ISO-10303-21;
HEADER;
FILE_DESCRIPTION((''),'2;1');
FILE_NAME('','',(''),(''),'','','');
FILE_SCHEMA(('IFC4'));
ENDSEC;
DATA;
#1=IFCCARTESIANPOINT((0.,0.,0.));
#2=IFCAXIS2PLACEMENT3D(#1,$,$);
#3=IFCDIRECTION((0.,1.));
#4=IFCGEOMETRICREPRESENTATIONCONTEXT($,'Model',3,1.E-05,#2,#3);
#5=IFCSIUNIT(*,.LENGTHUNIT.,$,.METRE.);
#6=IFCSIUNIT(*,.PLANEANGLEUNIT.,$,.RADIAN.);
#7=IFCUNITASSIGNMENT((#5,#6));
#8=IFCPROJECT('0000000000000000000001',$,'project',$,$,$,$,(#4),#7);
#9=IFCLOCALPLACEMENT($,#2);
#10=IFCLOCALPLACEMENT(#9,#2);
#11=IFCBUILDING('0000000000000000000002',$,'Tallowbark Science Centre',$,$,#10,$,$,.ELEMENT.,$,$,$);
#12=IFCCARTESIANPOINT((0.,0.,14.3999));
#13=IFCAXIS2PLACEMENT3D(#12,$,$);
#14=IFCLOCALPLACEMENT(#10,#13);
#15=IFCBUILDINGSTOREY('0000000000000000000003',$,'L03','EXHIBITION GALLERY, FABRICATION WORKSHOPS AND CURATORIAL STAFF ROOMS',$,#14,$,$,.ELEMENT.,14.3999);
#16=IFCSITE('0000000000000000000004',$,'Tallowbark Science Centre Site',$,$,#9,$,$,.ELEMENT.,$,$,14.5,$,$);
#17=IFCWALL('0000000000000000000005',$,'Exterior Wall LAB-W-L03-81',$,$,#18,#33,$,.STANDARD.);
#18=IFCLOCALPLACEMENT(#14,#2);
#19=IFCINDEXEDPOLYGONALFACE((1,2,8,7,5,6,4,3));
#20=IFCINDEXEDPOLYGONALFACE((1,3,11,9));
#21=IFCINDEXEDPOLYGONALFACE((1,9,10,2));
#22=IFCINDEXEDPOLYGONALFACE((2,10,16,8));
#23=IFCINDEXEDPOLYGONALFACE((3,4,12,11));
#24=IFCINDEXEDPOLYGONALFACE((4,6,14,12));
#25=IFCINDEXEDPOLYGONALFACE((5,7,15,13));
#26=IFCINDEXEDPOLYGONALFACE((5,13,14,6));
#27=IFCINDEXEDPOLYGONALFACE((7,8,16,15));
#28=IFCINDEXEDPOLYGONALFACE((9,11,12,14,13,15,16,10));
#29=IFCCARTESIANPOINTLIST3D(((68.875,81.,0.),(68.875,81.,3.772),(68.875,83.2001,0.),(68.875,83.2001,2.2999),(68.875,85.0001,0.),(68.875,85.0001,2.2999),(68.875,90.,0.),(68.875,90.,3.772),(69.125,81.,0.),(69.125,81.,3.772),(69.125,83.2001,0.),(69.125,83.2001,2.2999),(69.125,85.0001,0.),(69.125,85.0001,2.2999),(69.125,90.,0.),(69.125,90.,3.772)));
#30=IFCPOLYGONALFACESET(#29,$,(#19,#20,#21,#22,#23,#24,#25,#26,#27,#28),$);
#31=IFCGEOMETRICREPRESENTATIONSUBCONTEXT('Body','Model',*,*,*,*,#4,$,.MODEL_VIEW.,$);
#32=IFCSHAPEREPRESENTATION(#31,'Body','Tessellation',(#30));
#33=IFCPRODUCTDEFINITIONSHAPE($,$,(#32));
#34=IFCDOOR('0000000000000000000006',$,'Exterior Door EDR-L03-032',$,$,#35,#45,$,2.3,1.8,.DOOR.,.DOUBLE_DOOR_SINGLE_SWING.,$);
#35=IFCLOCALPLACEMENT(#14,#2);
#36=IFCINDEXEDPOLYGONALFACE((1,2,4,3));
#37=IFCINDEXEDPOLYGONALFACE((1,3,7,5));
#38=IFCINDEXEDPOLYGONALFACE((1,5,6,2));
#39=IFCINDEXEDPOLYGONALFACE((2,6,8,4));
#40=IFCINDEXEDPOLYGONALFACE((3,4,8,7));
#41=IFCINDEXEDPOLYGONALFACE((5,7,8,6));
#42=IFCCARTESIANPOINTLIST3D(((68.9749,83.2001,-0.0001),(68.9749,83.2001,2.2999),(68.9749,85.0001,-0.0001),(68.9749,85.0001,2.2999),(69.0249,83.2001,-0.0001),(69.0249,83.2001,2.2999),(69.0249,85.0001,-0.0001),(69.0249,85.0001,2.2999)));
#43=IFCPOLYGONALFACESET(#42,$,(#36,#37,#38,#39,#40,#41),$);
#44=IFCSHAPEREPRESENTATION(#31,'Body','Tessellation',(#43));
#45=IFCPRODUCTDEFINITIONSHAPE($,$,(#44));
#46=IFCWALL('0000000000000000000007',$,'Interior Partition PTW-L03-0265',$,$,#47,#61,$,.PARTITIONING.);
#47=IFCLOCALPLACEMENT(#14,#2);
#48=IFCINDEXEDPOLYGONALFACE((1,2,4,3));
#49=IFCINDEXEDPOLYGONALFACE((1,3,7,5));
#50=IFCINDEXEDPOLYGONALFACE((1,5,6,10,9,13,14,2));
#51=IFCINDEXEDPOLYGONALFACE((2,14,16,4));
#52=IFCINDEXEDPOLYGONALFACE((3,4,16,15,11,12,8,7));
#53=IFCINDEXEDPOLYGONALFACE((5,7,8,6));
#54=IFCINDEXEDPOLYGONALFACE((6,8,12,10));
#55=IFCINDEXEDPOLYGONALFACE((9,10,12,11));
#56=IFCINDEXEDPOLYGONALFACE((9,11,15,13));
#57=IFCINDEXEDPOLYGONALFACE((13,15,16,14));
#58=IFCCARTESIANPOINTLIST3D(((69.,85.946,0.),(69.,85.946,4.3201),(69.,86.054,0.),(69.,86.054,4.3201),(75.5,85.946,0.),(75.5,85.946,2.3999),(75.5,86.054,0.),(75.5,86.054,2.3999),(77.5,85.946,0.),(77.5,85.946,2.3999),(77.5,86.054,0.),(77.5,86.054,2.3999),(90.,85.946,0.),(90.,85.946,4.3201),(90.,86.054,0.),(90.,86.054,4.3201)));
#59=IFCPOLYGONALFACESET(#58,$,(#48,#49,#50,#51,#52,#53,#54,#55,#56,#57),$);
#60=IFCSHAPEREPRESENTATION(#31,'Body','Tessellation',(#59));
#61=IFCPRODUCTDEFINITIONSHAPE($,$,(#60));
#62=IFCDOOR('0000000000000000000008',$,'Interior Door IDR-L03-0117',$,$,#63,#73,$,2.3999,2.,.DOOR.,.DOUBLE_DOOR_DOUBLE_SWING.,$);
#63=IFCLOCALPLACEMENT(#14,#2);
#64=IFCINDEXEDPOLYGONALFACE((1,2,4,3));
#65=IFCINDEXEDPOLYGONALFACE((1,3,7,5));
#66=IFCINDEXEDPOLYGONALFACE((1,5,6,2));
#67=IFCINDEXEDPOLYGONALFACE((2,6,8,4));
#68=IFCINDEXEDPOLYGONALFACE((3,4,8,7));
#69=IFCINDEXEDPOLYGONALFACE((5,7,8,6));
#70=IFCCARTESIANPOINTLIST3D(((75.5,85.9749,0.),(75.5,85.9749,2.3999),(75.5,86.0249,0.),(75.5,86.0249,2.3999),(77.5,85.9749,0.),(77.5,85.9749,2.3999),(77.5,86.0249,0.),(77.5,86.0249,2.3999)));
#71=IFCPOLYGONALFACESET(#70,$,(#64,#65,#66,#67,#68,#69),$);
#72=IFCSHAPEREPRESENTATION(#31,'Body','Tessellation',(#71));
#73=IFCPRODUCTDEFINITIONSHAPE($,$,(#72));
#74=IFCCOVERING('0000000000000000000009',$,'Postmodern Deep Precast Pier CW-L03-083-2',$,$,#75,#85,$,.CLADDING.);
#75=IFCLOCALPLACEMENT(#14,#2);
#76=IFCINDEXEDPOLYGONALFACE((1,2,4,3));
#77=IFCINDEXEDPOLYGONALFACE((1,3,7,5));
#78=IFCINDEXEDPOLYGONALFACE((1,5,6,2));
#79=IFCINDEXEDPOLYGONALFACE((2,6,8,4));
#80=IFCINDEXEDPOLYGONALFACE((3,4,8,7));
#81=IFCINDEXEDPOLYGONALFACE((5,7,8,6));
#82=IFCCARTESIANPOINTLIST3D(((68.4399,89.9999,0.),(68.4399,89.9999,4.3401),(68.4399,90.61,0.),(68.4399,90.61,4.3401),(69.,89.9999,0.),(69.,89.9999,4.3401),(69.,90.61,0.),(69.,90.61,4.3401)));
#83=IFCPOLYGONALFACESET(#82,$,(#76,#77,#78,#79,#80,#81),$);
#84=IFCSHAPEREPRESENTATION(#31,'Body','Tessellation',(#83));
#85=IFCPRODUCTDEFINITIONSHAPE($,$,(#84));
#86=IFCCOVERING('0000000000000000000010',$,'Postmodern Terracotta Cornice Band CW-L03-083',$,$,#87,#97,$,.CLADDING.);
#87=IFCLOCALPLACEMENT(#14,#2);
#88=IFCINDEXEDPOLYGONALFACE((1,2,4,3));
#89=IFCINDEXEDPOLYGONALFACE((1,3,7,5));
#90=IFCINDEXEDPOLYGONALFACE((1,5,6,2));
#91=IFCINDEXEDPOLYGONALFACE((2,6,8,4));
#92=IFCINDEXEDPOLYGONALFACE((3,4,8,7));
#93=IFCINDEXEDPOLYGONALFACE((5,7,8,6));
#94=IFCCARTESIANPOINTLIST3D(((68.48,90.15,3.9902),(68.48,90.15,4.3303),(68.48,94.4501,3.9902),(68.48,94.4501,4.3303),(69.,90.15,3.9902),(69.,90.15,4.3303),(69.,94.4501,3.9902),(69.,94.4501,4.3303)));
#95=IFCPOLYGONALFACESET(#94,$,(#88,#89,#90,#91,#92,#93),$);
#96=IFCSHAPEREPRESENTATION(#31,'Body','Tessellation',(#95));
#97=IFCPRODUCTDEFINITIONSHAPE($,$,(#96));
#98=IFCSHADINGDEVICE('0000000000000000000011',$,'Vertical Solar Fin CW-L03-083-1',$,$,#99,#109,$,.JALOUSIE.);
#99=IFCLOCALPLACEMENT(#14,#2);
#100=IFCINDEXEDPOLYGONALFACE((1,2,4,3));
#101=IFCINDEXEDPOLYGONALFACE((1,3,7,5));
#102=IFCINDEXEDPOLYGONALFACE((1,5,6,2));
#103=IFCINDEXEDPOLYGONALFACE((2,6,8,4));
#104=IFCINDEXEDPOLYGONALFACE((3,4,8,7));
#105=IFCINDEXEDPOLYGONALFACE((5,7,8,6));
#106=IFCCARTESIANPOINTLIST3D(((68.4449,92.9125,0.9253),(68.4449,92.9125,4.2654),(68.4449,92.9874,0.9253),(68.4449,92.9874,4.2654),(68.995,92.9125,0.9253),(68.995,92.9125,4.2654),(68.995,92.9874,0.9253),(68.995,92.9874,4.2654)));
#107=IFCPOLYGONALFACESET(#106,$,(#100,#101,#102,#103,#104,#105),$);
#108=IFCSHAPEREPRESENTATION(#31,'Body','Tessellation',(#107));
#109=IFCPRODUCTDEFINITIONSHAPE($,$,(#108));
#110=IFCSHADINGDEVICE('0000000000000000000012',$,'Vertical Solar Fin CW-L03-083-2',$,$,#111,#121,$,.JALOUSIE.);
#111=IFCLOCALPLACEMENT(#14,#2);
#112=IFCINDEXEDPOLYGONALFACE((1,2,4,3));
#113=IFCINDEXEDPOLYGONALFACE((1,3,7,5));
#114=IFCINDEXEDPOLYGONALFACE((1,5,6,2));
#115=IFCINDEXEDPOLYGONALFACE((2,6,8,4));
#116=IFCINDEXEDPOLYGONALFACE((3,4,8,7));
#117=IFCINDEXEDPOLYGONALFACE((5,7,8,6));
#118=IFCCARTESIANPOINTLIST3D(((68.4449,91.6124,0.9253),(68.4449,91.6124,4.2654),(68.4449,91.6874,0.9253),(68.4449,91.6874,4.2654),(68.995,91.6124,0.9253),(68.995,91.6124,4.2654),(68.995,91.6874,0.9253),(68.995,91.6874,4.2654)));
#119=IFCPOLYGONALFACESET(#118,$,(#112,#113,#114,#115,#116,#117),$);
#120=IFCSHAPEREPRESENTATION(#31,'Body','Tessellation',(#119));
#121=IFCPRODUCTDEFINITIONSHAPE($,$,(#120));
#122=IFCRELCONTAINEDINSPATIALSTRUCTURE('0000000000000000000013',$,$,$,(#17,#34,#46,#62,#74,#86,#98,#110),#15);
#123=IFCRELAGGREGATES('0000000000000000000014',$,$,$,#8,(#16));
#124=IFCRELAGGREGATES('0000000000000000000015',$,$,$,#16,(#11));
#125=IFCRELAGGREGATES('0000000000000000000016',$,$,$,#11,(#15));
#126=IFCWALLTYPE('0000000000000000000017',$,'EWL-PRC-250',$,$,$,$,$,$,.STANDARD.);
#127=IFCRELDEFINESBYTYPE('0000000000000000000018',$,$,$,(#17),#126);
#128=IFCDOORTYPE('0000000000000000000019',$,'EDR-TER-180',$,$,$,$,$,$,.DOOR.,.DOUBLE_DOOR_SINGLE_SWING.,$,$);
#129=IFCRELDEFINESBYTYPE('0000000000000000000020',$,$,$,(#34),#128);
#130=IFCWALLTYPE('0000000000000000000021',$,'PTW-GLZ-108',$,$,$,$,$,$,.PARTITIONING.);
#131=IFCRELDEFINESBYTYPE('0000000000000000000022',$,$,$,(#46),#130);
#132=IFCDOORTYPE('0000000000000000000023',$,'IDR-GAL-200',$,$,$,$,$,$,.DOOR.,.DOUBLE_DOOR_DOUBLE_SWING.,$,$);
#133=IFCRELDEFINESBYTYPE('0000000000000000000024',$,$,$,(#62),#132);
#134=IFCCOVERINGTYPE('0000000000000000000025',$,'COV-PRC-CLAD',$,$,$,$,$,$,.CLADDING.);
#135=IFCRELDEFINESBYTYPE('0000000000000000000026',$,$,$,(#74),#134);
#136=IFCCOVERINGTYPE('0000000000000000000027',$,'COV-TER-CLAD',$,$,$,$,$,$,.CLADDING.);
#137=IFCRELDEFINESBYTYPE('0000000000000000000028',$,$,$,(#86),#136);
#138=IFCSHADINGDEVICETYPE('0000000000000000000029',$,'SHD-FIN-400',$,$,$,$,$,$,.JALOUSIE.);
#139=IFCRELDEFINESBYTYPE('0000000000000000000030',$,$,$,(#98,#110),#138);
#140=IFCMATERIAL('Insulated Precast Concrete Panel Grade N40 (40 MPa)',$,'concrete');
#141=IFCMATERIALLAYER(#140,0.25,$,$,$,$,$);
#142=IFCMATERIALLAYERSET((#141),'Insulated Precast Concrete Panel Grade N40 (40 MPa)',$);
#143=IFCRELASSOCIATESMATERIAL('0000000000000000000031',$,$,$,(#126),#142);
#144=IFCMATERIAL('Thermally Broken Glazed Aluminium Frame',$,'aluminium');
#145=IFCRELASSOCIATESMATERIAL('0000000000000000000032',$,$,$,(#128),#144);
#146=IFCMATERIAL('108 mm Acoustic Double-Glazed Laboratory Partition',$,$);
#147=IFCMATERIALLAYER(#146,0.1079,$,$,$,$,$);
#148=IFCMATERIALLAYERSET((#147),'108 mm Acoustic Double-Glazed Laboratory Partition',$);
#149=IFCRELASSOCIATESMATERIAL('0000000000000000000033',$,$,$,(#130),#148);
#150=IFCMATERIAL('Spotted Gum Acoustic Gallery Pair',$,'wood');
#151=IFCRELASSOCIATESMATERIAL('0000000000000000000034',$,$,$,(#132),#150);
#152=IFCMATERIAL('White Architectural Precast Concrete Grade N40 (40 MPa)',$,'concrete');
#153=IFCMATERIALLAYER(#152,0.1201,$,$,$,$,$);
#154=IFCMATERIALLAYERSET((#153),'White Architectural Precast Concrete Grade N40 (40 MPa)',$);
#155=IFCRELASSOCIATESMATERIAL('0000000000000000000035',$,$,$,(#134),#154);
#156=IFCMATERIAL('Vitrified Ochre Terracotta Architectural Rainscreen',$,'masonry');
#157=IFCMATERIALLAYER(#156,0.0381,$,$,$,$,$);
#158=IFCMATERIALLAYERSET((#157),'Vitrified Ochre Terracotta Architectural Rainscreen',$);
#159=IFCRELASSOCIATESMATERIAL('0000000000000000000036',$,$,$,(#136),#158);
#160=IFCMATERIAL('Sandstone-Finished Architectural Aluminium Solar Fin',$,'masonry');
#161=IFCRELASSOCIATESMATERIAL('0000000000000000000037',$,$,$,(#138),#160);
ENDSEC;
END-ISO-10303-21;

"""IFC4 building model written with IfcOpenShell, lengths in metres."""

from ifc_helpers import new_model, si_unit, direction, frame, frame_2d, origin, origin_2d, place, context, subcontext, project, spatial, rectangle, extrude, material, layer, layer_set, type_object, element, fill, save


model = new_model("IFC4")

# Units and contexts
model_context = context("Model", 3, precision=1e-05, world=origin(), true_north=direction((0.0, 1.0)))
body_context = subcontext(model_context, "Body", "Model", "MODEL_VIEW")
ifc_project = project(units=[si_unit("LENGTHUNIT", "METRE"), si_unit("PLANEANGLEUNIT", "RADIAN")], contexts=[model_context])

# Site, building, storey
site_placement = place(None, origin())
site = spatial("IfcSite", under=ifc_project, at=site_placement, Name="Tallowbark Science Centre Site", CompositionType="ELEMENT", RefElevation=14.5)
building_placement = place(site_placement, origin())
building = spatial("IfcBuilding", under=site, at=building_placement, Name="Tallowbark Science Centre", CompositionType="ELEMENT")
storey_placement = place(building_placement, frame((0.0, 0.0, 14.3999)))
storey = spatial("IfcBuildingStorey", under=building, at=storey_placement, Name="L03", Description="EXHIBITION GALLERY, FABRICATION WORKSHOPS AND CURATORIAL STAFF ROOMS", CompositionType="ELEMENT", Elevation=14.3999)

# Walls, openings, doors
ifc_material_1 = material(Name="Insulated Precast Concrete Panel Grade N40 (40 MPa)", Category="concrete")
ifc_layer_1 = layer(ifc_material_1, 0.25)
ifc_layer_set_1 = layer_set([ifc_layer_1], Name="Insulated Precast Concrete Panel Grade N40 (40 MPa)")
wall_type_1 = type_object("IfcWallType", Name="EWL-PRC-250", PredefinedType="STANDARD", material=ifc_layer_set_1)
wall_1_placement = place(storey_placement, frame((69.0, 90.0, 0.0), z_axis=(0.0, 0.0, 1.0), x_axis=(0.0, -1.0, 0.0)))
wall_1 = element("IfcWall", 1, at=wall_1_placement, inside=storey, type_object=wall_type_1, Name="Exterior Wall LAB-W-L03-81", PredefinedType="STANDARD", context=body_context, shape_type="SweptSolid", body=[
    extrude(rectangle(XDim=9.0, YDim=0.25, at=frame_2d((4.5, 0.0))), origin(), (0.0, 0.0, 1.0), 3.772),
])
opening_1_placement = place(wall_1_placement, frame((5.0, 0.0, 0.0)))
opening_1 = element("IfcOpeningElement", 2, at=opening_1_placement, cuts=wall_1, PredefinedType="OPENING", context=body_context, shape_type="SweptSolid", body=[
    extrude(rectangle(XDim=1.8, YDim=2.3, at=frame_2d((0.8999, 1.1499))), frame((0.0, 0.135, 0.0), z_axis=(0.0, -1.0, 0.0), x_axis=(1.0, 0.0, 0.0)), (0.0, 0.0, 1.0), 0.27),
])
ifc_material_2 = material(Name="Thermally Broken Glazed Aluminium Frame", Category="aluminium")
door_type_1 = type_object("IfcDoorType", Name="EDR-TER-180", OperationType="DOUBLE_DOOR_SINGLE_SWING", PredefinedType="DOOR", material=ifc_material_2)
door_1_placement = place(opening_1_placement, origin())
door_1 = element("IfcDoor", 3, at=door_1_placement, inside=storey, type_object=door_type_1, Name="Exterior Door EDR-L03-032", OperationType="DOUBLE_DOOR_SINGLE_SWING", OverallHeight=2.3, OverallWidth=1.8, PredefinedType="DOOR", context=body_context, shape_type="SweptSolid", body=[
    extrude(rectangle(XDim=1.8, YDim=2.3, at=frame_2d((0.8999, 1.1499))), frame((0.0, 0.0249, 0.0), z_axis=(0.0, -1.0, 0.0), x_axis=(1.0, 0.0, 0.0)), (0.0, 0.0, 1.0), 0.05),
])
fill(opening_1, door_1)
ifc_material_3 = material(Name="108 mm Acoustic Double-Glazed Laboratory Partition")
ifc_layer_2 = layer(ifc_material_3, 0.1079)
ifc_layer_set_2 = layer_set([ifc_layer_2], Name="108 mm Acoustic Double-Glazed Laboratory Partition")
wall_type_2 = type_object("IfcWallType", Name="PTW-GLZ-108", PredefinedType="PARTITIONING", material=ifc_layer_set_2)
wall_2_placement = place(storey_placement, frame((69.0, 86.0, 0.0), z_axis=(0.0, 0.0, 1.0), x_axis=(1.0, 0.0, 0.0)))
wall_2 = element("IfcWall", 4, at=wall_2_placement, inside=storey, type_object=wall_type_2, Name="Interior Partition PTW-L03-0265", PredefinedType="PARTITIONING", context=body_context, shape_type="SweptSolid", body=[
    extrude(rectangle(XDim=21.0, YDim=0.1079, at=frame_2d((10.5, 0.0))), origin(), (0.0, 0.0, 1.0), 4.3201),
])
opening_2_placement = place(wall_2_placement, frame((6.5, 0.0, 0.0)))
opening_2 = element("IfcOpeningElement", 5, at=opening_2_placement, cuts=wall_2, PredefinedType="OPENING", context=body_context, shape_type="SweptSolid", body=[
    extrude(rectangle(XDim=2.0, YDim=2.3999, at=frame_2d((1.0, 1.2))), frame((0.0, 0.064, 0.0), z_axis=(0.0, -1.0, 0.0), x_axis=(1.0, 0.0, 0.0)), (0.0, 0.0, 1.0), 0.1279),
])
ifc_material_4 = material(Name="Spotted Gum Acoustic Gallery Pair", Category="wood")
door_type_2 = type_object("IfcDoorType", Name="IDR-GAL-200", OperationType="DOUBLE_DOOR_DOUBLE_SWING", PredefinedType="DOOR", material=ifc_material_4)
door_2_placement = place(opening_2_placement, origin())
door_2 = element("IfcDoor", 6, at=door_2_placement, inside=storey, type_object=door_type_2, Name="Interior Door IDR-L03-0117", OperationType="DOUBLE_DOOR_DOUBLE_SWING", OverallHeight=2.3999, OverallWidth=2.0, PredefinedType="DOOR", context=body_context, shape_type="SweptSolid", body=[
    extrude(rectangle(XDim=2.0, YDim=2.3999, at=frame_2d((1.0, 1.2))), frame((0.0, 0.0249, 0.0), z_axis=(0.0, -1.0, 0.0), x_axis=(1.0, 0.0, 0.0)), (0.0, 0.0, 1.0), 0.05),
])
fill(opening_2, door_2)

# Coverings
ifc_material_5 = material(Name="White Architectural Precast Concrete Grade N40 (40 MPa)", Category="concrete")
ifc_layer_3 = layer(ifc_material_5, 0.1201)
ifc_layer_set_3 = layer_set([ifc_layer_3], Name="White Architectural Precast Concrete Grade N40 (40 MPa)")
covering_type_1 = type_object("IfcCoveringType", Name="COV-PRC-CLAD", PredefinedType="CLADDING", material=ifc_layer_set_3)
covering_1_placement = place(storey_placement, frame((68.72, 90.3049, 0.0), z_axis=(0.0, 0.0, 1.0), x_axis=(0.0, -1.0, 0.0)))
element("IfcCovering", 7, at=covering_1_placement, inside=storey, type_object=covering_type_1, Name="Postmodern Deep Precast Pier CW-L03-083-2", PredefinedType="CLADDING", context=body_context, shape_type="SweptSolid", body=[
    extrude(rectangle(XDim=0.6101, YDim=0.5601, at=origin_2d()), origin(), (0.0, 0.0, 1.0), 4.3401),
])
ifc_material_6 = material(Name="Vitrified Ochre Terracotta Architectural Rainscreen", Category="masonry")
ifc_layer_4 = layer(ifc_material_6, 0.0381)
ifc_layer_set_4 = layer_set([ifc_layer_4], Name="Vitrified Ochre Terracotta Architectural Rainscreen")
covering_type_2 = type_object("IfcCoveringType", Name="COV-TER-CLAD", PredefinedType="CLADDING", material=ifc_layer_set_4)
covering_2_placement = place(storey_placement, frame((68.74, 92.3, 3.9902), z_axis=(0.0, 0.0, 1.0), x_axis=(0.0, -1.0, 0.0)))
element("IfcCovering", 8, at=covering_2_placement, inside=storey, type_object=covering_type_2, Name="Postmodern Terracotta Cornice Band CW-L03-083", PredefinedType="CLADDING", context=body_context, shape_type="SweptSolid", body=[
    extrude(rectangle(XDim=4.3, YDim=0.52, at=origin_2d()), origin(), (0.0, 0.0, 1.0), 0.3401),
])

# Shading devices
ifc_material_7 = material(Name="Sandstone-Finished Architectural Aluminium Solar Fin", Category="masonry")
shading_device_type = type_object("IfcShadingDeviceType", Name="SHD-FIN-400", PredefinedType="JALOUSIE", material=ifc_material_7)
for number, where, z_axis, x_axis, name in (
    (9, (68.72, 92.95, 0.9253), (0.0, 0.0, 1.0), (0.0, -1.0, 0.0), "Vertical Solar Fin CW-L03-083-1"),
    (10, (68.72, 91.6499, 0.9253), (0.0, 0.0, 1.0), (0.0, -1.0, 0.0), "Vertical Solar Fin CW-L03-083-2"),
):
    element("IfcShadingDevice", number, at=place(storey_placement, frame(where, z_axis=z_axis, x_axis=x_axis)), inside=storey, type_object=shading_device_type, Name=name, PredefinedType="JALOUSIE", context=body_context, shape_type="SweptSolid", body=[
        extrude(rectangle(XDim=0.075, YDim=0.55, at=origin_2d()), origin(), (0.0, 0.0, 1.0), 3.3401),
    ])

save(model, "model.ifc")
